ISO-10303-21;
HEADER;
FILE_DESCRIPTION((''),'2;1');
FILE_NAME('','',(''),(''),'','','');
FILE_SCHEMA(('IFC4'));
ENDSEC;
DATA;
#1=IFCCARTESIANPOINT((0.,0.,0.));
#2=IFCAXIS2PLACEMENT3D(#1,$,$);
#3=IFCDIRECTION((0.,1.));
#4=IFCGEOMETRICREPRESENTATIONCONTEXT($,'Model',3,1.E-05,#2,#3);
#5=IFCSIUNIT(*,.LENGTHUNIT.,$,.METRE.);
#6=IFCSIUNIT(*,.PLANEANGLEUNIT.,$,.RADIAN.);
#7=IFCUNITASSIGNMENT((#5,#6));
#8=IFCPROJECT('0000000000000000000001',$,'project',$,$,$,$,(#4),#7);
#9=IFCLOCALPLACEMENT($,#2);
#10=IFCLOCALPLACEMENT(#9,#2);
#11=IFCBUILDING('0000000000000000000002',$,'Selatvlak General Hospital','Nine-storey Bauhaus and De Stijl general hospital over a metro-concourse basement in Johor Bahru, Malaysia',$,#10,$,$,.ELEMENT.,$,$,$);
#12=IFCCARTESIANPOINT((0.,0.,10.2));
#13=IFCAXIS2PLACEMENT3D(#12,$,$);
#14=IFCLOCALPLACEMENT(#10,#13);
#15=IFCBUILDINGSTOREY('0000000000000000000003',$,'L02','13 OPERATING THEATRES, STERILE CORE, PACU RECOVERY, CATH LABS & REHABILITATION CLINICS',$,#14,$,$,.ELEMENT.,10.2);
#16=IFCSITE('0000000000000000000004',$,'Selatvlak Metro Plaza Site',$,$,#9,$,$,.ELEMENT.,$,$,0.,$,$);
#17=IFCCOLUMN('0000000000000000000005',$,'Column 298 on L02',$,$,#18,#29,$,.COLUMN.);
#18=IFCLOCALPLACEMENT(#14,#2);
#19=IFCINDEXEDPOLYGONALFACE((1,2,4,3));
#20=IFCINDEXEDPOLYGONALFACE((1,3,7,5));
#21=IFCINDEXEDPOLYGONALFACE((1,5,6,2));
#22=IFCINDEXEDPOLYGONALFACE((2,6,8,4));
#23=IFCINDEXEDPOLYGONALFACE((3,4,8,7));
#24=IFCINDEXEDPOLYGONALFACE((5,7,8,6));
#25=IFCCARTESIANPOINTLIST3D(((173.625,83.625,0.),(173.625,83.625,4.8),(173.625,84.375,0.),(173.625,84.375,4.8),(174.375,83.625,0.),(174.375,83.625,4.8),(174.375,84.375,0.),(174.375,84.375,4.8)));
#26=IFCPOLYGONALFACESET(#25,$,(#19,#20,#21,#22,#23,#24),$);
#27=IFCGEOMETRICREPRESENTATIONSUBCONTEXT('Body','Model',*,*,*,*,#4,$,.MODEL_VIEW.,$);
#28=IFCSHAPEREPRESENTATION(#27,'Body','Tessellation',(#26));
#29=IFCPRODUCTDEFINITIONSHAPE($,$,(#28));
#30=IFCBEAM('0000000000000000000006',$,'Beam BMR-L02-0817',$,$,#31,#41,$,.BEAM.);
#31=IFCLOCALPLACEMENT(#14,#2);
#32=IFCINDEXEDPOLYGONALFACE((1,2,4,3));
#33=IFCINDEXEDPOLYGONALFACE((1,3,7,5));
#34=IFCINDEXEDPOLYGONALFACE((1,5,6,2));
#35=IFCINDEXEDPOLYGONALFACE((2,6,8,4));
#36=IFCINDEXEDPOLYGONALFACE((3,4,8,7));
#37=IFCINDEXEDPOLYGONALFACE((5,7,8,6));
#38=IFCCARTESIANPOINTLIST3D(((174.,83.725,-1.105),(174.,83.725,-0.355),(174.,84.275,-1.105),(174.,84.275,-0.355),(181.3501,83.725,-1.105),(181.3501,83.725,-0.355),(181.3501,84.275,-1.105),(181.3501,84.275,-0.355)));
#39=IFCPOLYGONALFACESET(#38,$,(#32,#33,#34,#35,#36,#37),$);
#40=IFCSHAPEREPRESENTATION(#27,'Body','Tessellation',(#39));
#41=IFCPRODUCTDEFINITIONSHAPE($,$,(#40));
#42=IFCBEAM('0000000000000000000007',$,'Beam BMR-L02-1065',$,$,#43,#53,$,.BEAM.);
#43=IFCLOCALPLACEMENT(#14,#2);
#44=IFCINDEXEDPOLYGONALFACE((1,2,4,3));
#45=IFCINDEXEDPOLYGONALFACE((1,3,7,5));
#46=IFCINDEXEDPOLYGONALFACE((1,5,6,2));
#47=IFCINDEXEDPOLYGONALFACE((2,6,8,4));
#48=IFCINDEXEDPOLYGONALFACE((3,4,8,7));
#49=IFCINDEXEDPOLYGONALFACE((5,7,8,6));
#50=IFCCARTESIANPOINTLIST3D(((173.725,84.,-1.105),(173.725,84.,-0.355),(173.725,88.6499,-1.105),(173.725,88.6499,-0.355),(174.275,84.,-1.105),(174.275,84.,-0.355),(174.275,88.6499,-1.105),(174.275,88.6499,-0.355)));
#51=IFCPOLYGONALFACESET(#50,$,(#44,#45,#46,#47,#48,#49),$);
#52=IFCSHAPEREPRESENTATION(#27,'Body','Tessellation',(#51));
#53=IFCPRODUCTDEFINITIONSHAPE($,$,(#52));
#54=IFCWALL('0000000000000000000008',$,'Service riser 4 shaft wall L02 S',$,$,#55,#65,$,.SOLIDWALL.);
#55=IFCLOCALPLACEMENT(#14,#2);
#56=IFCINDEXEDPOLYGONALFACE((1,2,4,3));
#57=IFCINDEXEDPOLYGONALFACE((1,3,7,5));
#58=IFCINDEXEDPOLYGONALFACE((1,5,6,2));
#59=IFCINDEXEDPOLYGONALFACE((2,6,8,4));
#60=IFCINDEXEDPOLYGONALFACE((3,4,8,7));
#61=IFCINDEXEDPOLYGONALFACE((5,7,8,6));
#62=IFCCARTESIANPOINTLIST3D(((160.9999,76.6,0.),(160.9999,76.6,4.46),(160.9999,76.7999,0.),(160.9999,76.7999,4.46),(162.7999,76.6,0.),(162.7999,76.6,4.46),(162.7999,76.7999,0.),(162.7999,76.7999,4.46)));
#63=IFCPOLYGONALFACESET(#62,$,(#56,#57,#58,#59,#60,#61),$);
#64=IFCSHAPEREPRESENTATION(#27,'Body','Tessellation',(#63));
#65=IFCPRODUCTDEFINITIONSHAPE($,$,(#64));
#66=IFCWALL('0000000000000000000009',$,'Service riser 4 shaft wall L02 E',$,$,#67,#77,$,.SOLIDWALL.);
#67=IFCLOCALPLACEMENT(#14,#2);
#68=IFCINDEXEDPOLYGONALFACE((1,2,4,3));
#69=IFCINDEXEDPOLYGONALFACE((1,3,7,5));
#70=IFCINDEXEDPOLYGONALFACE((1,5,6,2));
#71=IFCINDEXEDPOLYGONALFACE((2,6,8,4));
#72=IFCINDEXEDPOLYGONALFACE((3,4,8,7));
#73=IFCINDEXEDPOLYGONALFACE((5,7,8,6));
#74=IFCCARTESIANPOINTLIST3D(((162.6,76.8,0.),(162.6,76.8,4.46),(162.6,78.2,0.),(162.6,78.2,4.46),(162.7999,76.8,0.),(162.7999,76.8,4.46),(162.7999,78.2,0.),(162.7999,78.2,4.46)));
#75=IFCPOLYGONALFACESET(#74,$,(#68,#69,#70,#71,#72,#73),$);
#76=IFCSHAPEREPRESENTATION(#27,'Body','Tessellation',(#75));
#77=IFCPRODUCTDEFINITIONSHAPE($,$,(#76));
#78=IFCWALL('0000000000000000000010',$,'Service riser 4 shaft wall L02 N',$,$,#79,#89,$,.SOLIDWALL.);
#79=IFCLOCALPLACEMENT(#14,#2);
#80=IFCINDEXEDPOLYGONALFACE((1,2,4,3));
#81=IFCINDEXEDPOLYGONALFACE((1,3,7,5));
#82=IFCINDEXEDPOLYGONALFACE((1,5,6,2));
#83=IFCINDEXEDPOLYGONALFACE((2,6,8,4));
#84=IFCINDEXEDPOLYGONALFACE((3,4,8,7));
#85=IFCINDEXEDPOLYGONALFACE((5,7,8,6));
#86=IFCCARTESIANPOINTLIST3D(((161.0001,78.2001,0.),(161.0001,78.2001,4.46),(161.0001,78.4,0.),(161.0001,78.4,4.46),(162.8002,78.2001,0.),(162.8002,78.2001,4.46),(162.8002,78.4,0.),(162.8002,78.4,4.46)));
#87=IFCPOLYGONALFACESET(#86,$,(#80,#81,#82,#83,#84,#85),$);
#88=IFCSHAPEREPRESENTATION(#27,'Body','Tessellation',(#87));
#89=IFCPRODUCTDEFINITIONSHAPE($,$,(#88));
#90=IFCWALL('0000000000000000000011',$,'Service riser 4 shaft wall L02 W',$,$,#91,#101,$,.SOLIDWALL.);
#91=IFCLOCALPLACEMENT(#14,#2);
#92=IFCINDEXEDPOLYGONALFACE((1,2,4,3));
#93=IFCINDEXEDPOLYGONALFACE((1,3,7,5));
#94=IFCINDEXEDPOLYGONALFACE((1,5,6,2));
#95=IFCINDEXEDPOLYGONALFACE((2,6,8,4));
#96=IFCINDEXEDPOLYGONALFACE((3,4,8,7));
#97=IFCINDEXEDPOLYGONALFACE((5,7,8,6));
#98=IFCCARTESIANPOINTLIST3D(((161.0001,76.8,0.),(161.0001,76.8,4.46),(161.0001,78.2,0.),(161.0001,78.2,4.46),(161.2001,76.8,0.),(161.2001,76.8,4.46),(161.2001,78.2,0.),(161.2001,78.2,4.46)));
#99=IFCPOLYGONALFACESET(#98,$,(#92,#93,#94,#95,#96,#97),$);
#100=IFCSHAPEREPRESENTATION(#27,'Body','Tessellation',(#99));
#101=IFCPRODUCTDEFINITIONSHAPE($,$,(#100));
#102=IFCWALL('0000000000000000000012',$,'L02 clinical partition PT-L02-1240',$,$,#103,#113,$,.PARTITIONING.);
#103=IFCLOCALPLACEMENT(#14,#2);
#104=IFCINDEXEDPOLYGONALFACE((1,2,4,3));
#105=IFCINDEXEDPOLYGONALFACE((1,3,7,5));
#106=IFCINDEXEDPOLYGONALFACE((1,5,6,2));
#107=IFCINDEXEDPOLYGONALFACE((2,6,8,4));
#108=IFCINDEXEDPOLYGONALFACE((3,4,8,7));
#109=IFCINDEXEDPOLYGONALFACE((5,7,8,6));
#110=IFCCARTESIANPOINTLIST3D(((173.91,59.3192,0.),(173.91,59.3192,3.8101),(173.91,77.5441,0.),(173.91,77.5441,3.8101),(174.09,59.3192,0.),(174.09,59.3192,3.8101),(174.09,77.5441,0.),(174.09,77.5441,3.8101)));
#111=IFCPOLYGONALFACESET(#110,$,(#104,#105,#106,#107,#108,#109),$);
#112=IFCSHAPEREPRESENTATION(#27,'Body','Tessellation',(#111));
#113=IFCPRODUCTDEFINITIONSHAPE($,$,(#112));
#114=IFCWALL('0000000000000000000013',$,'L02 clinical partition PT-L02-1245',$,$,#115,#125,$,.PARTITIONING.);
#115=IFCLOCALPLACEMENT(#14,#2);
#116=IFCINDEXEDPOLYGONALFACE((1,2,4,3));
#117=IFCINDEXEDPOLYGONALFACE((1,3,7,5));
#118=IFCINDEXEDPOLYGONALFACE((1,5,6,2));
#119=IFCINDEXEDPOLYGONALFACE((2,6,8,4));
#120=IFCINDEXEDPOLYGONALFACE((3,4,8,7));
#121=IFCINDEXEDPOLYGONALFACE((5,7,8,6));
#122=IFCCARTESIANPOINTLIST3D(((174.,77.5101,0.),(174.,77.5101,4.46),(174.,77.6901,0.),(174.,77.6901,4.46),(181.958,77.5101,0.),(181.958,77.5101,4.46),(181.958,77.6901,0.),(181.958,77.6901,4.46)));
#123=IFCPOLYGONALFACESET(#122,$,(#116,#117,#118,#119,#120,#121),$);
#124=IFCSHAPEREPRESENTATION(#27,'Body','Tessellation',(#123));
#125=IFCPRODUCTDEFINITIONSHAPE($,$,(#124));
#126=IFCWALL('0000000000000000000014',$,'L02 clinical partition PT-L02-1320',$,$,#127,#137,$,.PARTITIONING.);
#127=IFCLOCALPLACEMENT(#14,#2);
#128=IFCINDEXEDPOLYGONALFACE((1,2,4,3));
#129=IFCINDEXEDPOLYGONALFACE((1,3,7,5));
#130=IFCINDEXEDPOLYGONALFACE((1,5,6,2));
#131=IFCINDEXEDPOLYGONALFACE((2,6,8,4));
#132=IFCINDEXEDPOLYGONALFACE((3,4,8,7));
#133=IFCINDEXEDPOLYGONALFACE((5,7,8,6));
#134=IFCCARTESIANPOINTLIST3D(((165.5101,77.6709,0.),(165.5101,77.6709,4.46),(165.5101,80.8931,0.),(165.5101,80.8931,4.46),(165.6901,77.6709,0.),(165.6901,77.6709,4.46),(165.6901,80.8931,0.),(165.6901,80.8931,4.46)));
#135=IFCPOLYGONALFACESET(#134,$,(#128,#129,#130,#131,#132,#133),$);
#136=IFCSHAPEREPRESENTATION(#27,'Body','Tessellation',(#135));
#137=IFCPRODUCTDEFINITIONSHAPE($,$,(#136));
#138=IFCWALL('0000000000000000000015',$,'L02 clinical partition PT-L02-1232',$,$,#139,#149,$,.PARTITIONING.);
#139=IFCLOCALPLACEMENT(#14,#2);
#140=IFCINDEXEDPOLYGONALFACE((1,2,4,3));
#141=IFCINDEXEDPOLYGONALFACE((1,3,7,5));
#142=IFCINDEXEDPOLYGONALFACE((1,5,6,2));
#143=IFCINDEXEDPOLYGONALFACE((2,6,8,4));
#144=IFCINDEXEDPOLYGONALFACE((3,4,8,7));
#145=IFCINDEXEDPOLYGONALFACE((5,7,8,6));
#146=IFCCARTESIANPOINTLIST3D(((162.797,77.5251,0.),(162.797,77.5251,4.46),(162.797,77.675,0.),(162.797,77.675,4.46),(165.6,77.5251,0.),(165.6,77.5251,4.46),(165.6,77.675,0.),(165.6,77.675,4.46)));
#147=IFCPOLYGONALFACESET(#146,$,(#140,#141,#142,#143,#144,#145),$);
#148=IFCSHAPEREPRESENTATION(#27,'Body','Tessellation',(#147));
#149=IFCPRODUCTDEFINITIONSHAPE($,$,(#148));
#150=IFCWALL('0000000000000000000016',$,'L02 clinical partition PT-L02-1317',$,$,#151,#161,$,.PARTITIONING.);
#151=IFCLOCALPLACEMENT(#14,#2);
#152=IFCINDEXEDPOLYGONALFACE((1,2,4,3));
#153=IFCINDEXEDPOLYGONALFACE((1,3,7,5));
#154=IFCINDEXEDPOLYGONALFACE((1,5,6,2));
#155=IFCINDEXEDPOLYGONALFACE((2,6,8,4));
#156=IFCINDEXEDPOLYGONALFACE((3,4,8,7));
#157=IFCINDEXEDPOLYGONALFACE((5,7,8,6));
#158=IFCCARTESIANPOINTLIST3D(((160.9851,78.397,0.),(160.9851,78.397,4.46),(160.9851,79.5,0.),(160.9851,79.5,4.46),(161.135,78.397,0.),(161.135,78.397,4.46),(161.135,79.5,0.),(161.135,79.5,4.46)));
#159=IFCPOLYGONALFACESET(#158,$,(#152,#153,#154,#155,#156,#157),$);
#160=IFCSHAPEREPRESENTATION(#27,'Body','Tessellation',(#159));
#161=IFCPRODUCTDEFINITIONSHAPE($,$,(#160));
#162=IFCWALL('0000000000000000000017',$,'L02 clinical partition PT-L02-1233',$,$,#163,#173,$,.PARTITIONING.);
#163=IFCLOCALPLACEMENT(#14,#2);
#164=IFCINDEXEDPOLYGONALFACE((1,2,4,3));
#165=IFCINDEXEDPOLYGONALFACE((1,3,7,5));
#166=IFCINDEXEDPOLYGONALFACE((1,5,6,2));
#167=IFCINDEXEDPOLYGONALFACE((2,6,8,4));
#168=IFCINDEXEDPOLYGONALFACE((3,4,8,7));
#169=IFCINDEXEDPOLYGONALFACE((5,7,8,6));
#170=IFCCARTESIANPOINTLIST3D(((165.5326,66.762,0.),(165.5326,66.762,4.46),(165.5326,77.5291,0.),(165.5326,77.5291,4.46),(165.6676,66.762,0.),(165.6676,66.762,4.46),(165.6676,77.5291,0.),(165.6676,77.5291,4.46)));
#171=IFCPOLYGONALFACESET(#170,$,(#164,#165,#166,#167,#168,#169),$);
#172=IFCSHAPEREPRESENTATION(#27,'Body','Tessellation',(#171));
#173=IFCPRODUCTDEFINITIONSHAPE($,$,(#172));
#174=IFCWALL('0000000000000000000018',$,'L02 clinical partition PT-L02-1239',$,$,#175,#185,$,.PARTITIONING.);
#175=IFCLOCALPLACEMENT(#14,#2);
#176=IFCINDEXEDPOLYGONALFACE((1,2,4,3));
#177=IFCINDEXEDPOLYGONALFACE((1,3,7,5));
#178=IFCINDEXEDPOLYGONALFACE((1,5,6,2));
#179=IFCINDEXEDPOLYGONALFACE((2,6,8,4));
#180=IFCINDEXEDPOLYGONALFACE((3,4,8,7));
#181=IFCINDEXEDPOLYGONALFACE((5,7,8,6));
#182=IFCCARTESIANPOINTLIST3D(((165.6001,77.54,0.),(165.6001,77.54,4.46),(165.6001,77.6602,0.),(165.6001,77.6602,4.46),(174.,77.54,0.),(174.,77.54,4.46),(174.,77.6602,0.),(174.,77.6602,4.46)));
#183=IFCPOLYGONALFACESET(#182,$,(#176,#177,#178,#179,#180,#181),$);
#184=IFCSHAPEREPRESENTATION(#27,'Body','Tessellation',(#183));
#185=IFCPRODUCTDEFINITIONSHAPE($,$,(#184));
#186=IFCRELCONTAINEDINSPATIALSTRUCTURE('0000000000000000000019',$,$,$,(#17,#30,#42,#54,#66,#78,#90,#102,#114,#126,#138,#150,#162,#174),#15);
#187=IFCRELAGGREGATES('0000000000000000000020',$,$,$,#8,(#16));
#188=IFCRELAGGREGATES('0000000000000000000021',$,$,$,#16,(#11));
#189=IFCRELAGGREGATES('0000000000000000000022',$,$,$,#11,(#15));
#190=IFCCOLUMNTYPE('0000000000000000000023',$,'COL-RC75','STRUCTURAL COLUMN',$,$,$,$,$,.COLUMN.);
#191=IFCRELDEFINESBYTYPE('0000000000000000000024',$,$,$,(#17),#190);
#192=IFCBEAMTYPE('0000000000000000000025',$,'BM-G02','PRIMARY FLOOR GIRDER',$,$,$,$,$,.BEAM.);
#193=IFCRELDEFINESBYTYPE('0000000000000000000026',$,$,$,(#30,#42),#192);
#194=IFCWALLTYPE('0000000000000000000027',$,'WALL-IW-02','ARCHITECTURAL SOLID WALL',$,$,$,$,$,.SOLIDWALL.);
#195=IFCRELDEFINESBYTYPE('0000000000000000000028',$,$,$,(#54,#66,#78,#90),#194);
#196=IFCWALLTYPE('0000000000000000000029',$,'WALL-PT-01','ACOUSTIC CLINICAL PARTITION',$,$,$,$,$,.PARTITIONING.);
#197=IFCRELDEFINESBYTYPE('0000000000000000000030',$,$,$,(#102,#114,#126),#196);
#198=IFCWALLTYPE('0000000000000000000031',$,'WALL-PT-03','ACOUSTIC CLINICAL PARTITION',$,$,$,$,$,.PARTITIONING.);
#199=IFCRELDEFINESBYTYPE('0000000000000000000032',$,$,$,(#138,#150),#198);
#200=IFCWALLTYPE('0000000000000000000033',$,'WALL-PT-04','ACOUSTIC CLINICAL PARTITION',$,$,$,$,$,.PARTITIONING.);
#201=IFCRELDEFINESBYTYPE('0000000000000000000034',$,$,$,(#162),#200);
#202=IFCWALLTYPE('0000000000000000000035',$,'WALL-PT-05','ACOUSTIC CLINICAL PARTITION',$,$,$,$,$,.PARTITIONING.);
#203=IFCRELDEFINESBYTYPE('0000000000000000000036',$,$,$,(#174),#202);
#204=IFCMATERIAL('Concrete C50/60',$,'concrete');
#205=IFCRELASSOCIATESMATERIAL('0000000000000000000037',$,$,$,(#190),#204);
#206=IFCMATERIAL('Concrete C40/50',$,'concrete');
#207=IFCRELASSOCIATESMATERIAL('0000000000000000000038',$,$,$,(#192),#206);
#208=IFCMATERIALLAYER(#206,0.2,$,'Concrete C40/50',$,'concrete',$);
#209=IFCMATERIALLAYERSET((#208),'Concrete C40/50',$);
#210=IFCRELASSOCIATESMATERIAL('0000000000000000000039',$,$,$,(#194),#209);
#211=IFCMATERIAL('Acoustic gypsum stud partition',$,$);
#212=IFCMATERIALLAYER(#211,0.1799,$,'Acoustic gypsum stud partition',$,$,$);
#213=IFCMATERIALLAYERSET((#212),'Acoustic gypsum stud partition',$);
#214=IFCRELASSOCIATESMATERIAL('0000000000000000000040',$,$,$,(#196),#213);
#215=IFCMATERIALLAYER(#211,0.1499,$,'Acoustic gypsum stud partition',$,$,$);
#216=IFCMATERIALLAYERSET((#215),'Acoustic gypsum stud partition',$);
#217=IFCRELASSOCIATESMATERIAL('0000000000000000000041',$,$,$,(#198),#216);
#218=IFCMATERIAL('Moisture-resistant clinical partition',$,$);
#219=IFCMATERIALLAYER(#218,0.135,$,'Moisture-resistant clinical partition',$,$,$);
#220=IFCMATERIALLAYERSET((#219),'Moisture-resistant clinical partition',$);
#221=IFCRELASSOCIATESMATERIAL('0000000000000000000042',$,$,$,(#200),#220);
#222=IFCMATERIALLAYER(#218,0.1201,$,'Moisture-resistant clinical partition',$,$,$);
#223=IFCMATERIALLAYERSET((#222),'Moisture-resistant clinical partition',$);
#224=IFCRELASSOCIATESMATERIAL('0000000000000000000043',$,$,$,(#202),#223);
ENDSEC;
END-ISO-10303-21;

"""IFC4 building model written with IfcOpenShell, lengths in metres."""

from ifc_helpers import new_model, si_unit, direction, frame, frame_2d, origin, origin_2d, place, context, subcontext, project, spatial, rectangle, extrude, material, layer, layer_set, material_profile, profile_set, type_object, element, save


model = new_model("IFC4")

# Units and contexts
model_context = context("Model", 3, precision=1e-05, world=origin(), true_north=direction((0.0, 1.0)))
body_context = subcontext(model_context, "Body", "Model", "MODEL_VIEW")
ifc_project = project(units=[si_unit("LENGTHUNIT", "METRE"), si_unit("PLANEANGLEUNIT", "RADIAN")], contexts=[model_context])

# Site, building, storey
site_placement = place(None, origin())
site = spatial("IfcSite", under=ifc_project, at=site_placement, Name="Selatvlak Metro Plaza Site", CompositionType="ELEMENT", RefElevation=0.0)
building_placement = place(site_placement, origin())
building = spatial("IfcBuilding", under=site, at=building_placement, Name="Selatvlak General Hospital", Description="Nine-storey Bauhaus and De Stijl general hospital over a metro-concourse basement in Johor Bahru, Malaysia", CompositionType="ELEMENT")
storey_placement = place(building_placement, frame((0.0, 0.0, 10.2)))
storey = spatial("IfcBuildingStorey", under=building, at=storey_placement, Name="L02", Description="13 OPERATING THEATRES, STERILE CORE, PACU RECOVERY, CATH LABS & REHABILITATION CLINICS", CompositionType="ELEMENT", Elevation=10.2)

# Column
ifc_material_1 = material(Name="Concrete C50/60", Category="concrete")
ifc_material_profile_1 = material_profile(ifc_material_1, rectangle(XDim=0.75, YDim=0.75, at=origin_2d()), Name="RC-COL 750x750")
ifc_profile_set_1 = profile_set([ifc_material_profile_1], Name="Concrete C50/60")
column_type = type_object("IfcColumnType", Name="COL-RC75", Description="STRUCTURAL COLUMN", PredefinedType="COLUMN", material=ifc_profile_set_1)
column_placement = place(storey_placement, frame((174.0, 84.0, 0.0), z_axis=(0.0, 0.0, 1.0), x_axis=(1.0, 0.0, 0.0)))
element("IfcColumn", 1, at=column_placement, inside=storey, type_object=column_type, Name="Column 298 on L02", PredefinedType="COLUMN", context=body_context, shape_type="SweptSolid", body=[
    extrude(rectangle(XDim=0.75, YDim=0.75, at=origin_2d()), origin(), (0.0, 0.0, 1.0), 4.8),
])

# Beams
ifc_material_2 = material(Name="Concrete C40/50", Category="concrete")
ifc_material_profile_2 = material_profile(ifc_material_2, rectangle(XDim=0.55, YDim=0.75, at=origin_2d()), Name="RC-BM 550x750")
ifc_profile_set_2 = profile_set([ifc_material_profile_2], Name="Concrete C40/50")
beam_type = type_object("IfcBeamType", Name="BM-G02", Description="PRIMARY FLOOR GIRDER", PredefinedType="BEAM", material=ifc_profile_set_2)
beam_1_placement = place(storey_placement, frame((174.0, 84.0, -0.73), z_axis=(1.0, 0.0, 0.0), x_axis=(0.0, 1.0, 0.0)))
element("IfcBeam", 2, at=beam_1_placement, inside=storey, type_object=beam_type, Name="Beam BMR-L02-0817", PredefinedType="BEAM", context=body_context, shape_type="SweptSolid", body=[
    extrude(rectangle(XDim=0.55, YDim=0.75, at=origin_2d()), origin(), (0.0, 0.0, 1.0), 7.3501),
])
beam_2_placement = place(storey_placement, frame((174.0, 84.0, -0.73), z_axis=(0.0, 1.0, 0.0), x_axis=(-1.0, 0.0, 0.0)))
element("IfcBeam", 3, at=beam_2_placement, inside=storey, type_object=beam_type, Name="Beam BMR-L02-1065", PredefinedType="BEAM", context=body_context, shape_type="SweptSolid", body=[
    extrude(rectangle(XDim=0.55, YDim=0.75, at=origin_2d()), origin(), (0.0, 0.0, 1.0), 4.6499),
])

# Walls
ifc_layer_1 = layer(ifc_material_2, 0.2, Name="Concrete C40/50", Category="concrete")
ifc_layer_set_1 = layer_set([ifc_layer_1], Name="Concrete C40/50")
wall_type_1 = type_object("IfcWallType", Name="WALL-IW-02", Description="ARCHITECTURAL SOLID WALL", PredefinedType="SOLIDWALL", material=ifc_layer_set_1)
wall_1_placement = place(storey_placement, frame((161.0, 76.7, 0.0), z_axis=(0.0, 0.0, 1.0), x_axis=(1.0, 0.0, 0.0)))
element("IfcWall", 4, at=wall_1_placement, inside=storey, type_object=wall_type_1, Name="Service riser 4 shaft wall L02 S", PredefinedType="SOLIDWALL", context=body_context, shape_type="SweptSolid", body=[
    extrude(rectangle(XDim=1.8, YDim=0.2, at=frame_2d((0.8999, 0.0))), origin(), (0.0, 0.0, 1.0), 4.46),
])
wall_2_placement = place(storey_placement, frame((162.7, 76.8, 0.0), z_axis=(0.0, 0.0, 1.0), x_axis=(0.0, 1.0, 0.0)))
element("IfcWall", 5, at=wall_2_placement, inside=storey, type_object=wall_type_1, Name="Service riser 4 shaft wall L02 E", PredefinedType="SOLIDWALL", context=body_context, shape_type="SweptSolid", body=[
    extrude(rectangle(XDim=1.3999, YDim=0.2, at=frame_2d((0.7, 0.0))), origin(), (0.0, 0.0, 1.0), 4.46),
])
wall_3_placement = place(storey_placement, frame((162.8, 78.3, 0.0), z_axis=(0.0, 0.0, 1.0), x_axis=(-1.0, 0.0, 0.0)))
element("IfcWall", 6, at=wall_3_placement, inside=storey, type_object=wall_type_1, Name="Service riser 4 shaft wall L02 N", PredefinedType="SOLIDWALL", context=body_context, shape_type="SweptSolid", body=[
    extrude(rectangle(XDim=1.8, YDim=0.2, at=frame_2d((0.8999, 0.0))), origin(), (0.0, 0.0, 1.0), 4.46),
])
wall_4_placement = place(storey_placement, frame((161.1001, 78.2, 0.0), z_axis=(0.0, 0.0, 1.0), x_axis=(0.0, -1.0, 0.0)))
element("IfcWall", 7, at=wall_4_placement, inside=storey, type_object=wall_type_1, Name="Service riser 4 shaft wall L02 W", PredefinedType="SOLIDWALL", context=body_context, shape_type="SweptSolid", body=[
    extrude(rectangle(XDim=1.3999, YDim=0.2, at=frame_2d((0.7, 0.0))), origin(), (0.0, 0.0, 1.0), 4.46),
])
ifc_material_3 = material(Name="Acoustic gypsum stud partition")
ifc_layer_2 = layer(ifc_material_3, 0.1799, Name="Acoustic gypsum stud partition")
ifc_layer_set_2 = layer_set([ifc_layer_2], Name="Acoustic gypsum stud partition")
wall_type_2 = type_object("IfcWallType", Name="WALL-PT-01", Description="ACOUSTIC CLINICAL PARTITION", PredefinedType="PARTITIONING", material=ifc_layer_set_2)
wall_5_placement = place(storey_placement, frame((174.0, 77.5439, 0.0), z_axis=(0.0, 0.0, 1.0), x_axis=(0.0, -1.0, 0.0)))
element("IfcWall", 8, at=wall_5_placement, inside=storey, type_object=wall_type_2, Name="L02 clinical partition PT-L02-1240", PredefinedType="PARTITIONING", context=body_context, shape_type="SweptSolid", body=[
    extrude(rectangle(XDim=18.2249, YDim=0.1799, at=frame_2d((9.1123, 0.0))), origin(), (0.0, 0.0, 1.0), 3.8101),
])
wall_6_placement = place(storey_placement, frame((174.0, 77.6001, 0.0), z_axis=(0.0, 0.0, 1.0), x_axis=(1.0, 0.0, 0.0)))
element("IfcWall", 9, at=wall_6_placement, inside=storey, type_object=wall_type_2, Name="L02 clinical partition PT-L02-1245", PredefinedType="PARTITIONING", context=body_context, shape_type="SweptSolid", body=[
    extrude(rectangle(XDim=7.958, YDim=0.1799, at=frame_2d((3.979, 0.0))), origin(), (0.0, 0.0, 1.0), 4.46),
])
wall_7_placement = place(storey_placement, frame((165.6001, 80.8931, 0.0), z_axis=(0.0, 0.0, 1.0), x_axis=(0.0, -1.0, 0.0)))
element("IfcWall", 10, at=wall_7_placement, inside=storey, type_object=wall_type_2, Name="L02 clinical partition PT-L02-1320", PredefinedType="PARTITIONING", context=body_context, shape_type="SweptSolid", body=[
    extrude(rectangle(XDim=3.2222, YDim=0.1799, at=frame_2d((1.6111, 0.0))), origin(), (0.0, 0.0, 1.0), 4.46),
])
ifc_layer_3 = layer(ifc_material_3, 0.1499, Name="Acoustic gypsum stud partition")
ifc_layer_set_3 = layer_set([ifc_layer_3], Name="Acoustic gypsum stud partition")
wall_type_3 = type_object("IfcWallType", Name="WALL-PT-03", Description="ACOUSTIC CLINICAL PARTITION", PredefinedType="PARTITIONING", material=ifc_layer_set_3)
wall_8_placement = place(storey_placement, frame((162.7971, 77.6001, 0.0), z_axis=(0.0, 0.0, 1.0), x_axis=(1.0, 0.0, 0.0)))
element("IfcWall", 11, at=wall_8_placement, inside=storey, type_object=wall_type_3, Name="L02 clinical partition PT-L02-1232", PredefinedType="PARTITIONING", context=body_context, shape_type="SweptSolid", body=[
    extrude(rectangle(XDim=2.803, YDim=0.1499, at=frame_2d((1.4014, 0.0))), origin(), (0.0, 0.0, 1.0), 4.46),
])
wall_9_placement = place(storey_placement, frame((161.0601, 78.397, 0.0), z_axis=(0.0, 0.0, 1.0), x_axis=(0.0, 1.0, 0.0)))
element("IfcWall", 12, at=wall_9_placement, inside=storey, type_object=wall_type_3, Name="L02 clinical partition PT-L02-1317", PredefinedType="PARTITIONING", context=body_context, shape_type="SweptSolid", body=[
    extrude(rectangle(XDim=1.103, YDim=0.1499, at=frame_2d((0.5515, 0.0))), origin(), (0.0, 0.0, 1.0), 4.46),
])
ifc_material_4 = material(Name="Moisture-resistant clinical partition")
ifc_layer_4 = layer(ifc_material_4, 0.135, Name="Moisture-resistant clinical partition")
ifc_layer_set_4 = layer_set([ifc_layer_4], Name="Moisture-resistant clinical partition")
wall_type_4 = type_object("IfcWallType", Name="WALL-PT-04", Description="ACOUSTIC CLINICAL PARTITION", PredefinedType="PARTITIONING", material=ifc_layer_set_4)
wall_10_placement = place(storey_placement, frame((165.6001, 77.5291, 0.0), z_axis=(0.0, 0.0, 1.0), x_axis=(0.0, -1.0, 0.0)))
element("IfcWall", 13, at=wall_10_placement, inside=storey, type_object=wall_type_4, Name="L02 clinical partition PT-L02-1233", PredefinedType="PARTITIONING", context=body_context, shape_type="SweptSolid", body=[
    extrude(rectangle(XDim=10.7671, YDim=0.135, at=frame_2d((5.3835, 0.0))), origin(), (0.0, 0.0, 1.0), 4.46),
])

# Wall
ifc_layer_5 = layer(ifc_material_4, 0.1201, Name="Moisture-resistant clinical partition")
ifc_layer_set_5 = layer_set([ifc_layer_5], Name="Moisture-resistant clinical partition")
wall_type_5 = type_object("IfcWallType", Name="WALL-PT-05", Description="ACOUSTIC CLINICAL PARTITION", PredefinedType="PARTITIONING", material=ifc_layer_set_5)
wall_11_placement = place(storey_placement, frame((165.6001, 77.6001, 0.0), z_axis=(0.0, 0.0, 1.0), x_axis=(1.0, 0.0, 0.0)))
element("IfcWall", 14, at=wall_11_placement, inside=storey, type_object=wall_type_5, Name="L02 clinical partition PT-L02-1239", PredefinedType="PARTITIONING", context=body_context, shape_type="SweptSolid", body=[
    extrude(rectangle(XDim=8.3999, YDim=0.1201, at=frame_2d((4.2, 0.0))), origin(), (0.0, 0.0, 1.0), 4.46),
])

save(model, "model.ifc")
